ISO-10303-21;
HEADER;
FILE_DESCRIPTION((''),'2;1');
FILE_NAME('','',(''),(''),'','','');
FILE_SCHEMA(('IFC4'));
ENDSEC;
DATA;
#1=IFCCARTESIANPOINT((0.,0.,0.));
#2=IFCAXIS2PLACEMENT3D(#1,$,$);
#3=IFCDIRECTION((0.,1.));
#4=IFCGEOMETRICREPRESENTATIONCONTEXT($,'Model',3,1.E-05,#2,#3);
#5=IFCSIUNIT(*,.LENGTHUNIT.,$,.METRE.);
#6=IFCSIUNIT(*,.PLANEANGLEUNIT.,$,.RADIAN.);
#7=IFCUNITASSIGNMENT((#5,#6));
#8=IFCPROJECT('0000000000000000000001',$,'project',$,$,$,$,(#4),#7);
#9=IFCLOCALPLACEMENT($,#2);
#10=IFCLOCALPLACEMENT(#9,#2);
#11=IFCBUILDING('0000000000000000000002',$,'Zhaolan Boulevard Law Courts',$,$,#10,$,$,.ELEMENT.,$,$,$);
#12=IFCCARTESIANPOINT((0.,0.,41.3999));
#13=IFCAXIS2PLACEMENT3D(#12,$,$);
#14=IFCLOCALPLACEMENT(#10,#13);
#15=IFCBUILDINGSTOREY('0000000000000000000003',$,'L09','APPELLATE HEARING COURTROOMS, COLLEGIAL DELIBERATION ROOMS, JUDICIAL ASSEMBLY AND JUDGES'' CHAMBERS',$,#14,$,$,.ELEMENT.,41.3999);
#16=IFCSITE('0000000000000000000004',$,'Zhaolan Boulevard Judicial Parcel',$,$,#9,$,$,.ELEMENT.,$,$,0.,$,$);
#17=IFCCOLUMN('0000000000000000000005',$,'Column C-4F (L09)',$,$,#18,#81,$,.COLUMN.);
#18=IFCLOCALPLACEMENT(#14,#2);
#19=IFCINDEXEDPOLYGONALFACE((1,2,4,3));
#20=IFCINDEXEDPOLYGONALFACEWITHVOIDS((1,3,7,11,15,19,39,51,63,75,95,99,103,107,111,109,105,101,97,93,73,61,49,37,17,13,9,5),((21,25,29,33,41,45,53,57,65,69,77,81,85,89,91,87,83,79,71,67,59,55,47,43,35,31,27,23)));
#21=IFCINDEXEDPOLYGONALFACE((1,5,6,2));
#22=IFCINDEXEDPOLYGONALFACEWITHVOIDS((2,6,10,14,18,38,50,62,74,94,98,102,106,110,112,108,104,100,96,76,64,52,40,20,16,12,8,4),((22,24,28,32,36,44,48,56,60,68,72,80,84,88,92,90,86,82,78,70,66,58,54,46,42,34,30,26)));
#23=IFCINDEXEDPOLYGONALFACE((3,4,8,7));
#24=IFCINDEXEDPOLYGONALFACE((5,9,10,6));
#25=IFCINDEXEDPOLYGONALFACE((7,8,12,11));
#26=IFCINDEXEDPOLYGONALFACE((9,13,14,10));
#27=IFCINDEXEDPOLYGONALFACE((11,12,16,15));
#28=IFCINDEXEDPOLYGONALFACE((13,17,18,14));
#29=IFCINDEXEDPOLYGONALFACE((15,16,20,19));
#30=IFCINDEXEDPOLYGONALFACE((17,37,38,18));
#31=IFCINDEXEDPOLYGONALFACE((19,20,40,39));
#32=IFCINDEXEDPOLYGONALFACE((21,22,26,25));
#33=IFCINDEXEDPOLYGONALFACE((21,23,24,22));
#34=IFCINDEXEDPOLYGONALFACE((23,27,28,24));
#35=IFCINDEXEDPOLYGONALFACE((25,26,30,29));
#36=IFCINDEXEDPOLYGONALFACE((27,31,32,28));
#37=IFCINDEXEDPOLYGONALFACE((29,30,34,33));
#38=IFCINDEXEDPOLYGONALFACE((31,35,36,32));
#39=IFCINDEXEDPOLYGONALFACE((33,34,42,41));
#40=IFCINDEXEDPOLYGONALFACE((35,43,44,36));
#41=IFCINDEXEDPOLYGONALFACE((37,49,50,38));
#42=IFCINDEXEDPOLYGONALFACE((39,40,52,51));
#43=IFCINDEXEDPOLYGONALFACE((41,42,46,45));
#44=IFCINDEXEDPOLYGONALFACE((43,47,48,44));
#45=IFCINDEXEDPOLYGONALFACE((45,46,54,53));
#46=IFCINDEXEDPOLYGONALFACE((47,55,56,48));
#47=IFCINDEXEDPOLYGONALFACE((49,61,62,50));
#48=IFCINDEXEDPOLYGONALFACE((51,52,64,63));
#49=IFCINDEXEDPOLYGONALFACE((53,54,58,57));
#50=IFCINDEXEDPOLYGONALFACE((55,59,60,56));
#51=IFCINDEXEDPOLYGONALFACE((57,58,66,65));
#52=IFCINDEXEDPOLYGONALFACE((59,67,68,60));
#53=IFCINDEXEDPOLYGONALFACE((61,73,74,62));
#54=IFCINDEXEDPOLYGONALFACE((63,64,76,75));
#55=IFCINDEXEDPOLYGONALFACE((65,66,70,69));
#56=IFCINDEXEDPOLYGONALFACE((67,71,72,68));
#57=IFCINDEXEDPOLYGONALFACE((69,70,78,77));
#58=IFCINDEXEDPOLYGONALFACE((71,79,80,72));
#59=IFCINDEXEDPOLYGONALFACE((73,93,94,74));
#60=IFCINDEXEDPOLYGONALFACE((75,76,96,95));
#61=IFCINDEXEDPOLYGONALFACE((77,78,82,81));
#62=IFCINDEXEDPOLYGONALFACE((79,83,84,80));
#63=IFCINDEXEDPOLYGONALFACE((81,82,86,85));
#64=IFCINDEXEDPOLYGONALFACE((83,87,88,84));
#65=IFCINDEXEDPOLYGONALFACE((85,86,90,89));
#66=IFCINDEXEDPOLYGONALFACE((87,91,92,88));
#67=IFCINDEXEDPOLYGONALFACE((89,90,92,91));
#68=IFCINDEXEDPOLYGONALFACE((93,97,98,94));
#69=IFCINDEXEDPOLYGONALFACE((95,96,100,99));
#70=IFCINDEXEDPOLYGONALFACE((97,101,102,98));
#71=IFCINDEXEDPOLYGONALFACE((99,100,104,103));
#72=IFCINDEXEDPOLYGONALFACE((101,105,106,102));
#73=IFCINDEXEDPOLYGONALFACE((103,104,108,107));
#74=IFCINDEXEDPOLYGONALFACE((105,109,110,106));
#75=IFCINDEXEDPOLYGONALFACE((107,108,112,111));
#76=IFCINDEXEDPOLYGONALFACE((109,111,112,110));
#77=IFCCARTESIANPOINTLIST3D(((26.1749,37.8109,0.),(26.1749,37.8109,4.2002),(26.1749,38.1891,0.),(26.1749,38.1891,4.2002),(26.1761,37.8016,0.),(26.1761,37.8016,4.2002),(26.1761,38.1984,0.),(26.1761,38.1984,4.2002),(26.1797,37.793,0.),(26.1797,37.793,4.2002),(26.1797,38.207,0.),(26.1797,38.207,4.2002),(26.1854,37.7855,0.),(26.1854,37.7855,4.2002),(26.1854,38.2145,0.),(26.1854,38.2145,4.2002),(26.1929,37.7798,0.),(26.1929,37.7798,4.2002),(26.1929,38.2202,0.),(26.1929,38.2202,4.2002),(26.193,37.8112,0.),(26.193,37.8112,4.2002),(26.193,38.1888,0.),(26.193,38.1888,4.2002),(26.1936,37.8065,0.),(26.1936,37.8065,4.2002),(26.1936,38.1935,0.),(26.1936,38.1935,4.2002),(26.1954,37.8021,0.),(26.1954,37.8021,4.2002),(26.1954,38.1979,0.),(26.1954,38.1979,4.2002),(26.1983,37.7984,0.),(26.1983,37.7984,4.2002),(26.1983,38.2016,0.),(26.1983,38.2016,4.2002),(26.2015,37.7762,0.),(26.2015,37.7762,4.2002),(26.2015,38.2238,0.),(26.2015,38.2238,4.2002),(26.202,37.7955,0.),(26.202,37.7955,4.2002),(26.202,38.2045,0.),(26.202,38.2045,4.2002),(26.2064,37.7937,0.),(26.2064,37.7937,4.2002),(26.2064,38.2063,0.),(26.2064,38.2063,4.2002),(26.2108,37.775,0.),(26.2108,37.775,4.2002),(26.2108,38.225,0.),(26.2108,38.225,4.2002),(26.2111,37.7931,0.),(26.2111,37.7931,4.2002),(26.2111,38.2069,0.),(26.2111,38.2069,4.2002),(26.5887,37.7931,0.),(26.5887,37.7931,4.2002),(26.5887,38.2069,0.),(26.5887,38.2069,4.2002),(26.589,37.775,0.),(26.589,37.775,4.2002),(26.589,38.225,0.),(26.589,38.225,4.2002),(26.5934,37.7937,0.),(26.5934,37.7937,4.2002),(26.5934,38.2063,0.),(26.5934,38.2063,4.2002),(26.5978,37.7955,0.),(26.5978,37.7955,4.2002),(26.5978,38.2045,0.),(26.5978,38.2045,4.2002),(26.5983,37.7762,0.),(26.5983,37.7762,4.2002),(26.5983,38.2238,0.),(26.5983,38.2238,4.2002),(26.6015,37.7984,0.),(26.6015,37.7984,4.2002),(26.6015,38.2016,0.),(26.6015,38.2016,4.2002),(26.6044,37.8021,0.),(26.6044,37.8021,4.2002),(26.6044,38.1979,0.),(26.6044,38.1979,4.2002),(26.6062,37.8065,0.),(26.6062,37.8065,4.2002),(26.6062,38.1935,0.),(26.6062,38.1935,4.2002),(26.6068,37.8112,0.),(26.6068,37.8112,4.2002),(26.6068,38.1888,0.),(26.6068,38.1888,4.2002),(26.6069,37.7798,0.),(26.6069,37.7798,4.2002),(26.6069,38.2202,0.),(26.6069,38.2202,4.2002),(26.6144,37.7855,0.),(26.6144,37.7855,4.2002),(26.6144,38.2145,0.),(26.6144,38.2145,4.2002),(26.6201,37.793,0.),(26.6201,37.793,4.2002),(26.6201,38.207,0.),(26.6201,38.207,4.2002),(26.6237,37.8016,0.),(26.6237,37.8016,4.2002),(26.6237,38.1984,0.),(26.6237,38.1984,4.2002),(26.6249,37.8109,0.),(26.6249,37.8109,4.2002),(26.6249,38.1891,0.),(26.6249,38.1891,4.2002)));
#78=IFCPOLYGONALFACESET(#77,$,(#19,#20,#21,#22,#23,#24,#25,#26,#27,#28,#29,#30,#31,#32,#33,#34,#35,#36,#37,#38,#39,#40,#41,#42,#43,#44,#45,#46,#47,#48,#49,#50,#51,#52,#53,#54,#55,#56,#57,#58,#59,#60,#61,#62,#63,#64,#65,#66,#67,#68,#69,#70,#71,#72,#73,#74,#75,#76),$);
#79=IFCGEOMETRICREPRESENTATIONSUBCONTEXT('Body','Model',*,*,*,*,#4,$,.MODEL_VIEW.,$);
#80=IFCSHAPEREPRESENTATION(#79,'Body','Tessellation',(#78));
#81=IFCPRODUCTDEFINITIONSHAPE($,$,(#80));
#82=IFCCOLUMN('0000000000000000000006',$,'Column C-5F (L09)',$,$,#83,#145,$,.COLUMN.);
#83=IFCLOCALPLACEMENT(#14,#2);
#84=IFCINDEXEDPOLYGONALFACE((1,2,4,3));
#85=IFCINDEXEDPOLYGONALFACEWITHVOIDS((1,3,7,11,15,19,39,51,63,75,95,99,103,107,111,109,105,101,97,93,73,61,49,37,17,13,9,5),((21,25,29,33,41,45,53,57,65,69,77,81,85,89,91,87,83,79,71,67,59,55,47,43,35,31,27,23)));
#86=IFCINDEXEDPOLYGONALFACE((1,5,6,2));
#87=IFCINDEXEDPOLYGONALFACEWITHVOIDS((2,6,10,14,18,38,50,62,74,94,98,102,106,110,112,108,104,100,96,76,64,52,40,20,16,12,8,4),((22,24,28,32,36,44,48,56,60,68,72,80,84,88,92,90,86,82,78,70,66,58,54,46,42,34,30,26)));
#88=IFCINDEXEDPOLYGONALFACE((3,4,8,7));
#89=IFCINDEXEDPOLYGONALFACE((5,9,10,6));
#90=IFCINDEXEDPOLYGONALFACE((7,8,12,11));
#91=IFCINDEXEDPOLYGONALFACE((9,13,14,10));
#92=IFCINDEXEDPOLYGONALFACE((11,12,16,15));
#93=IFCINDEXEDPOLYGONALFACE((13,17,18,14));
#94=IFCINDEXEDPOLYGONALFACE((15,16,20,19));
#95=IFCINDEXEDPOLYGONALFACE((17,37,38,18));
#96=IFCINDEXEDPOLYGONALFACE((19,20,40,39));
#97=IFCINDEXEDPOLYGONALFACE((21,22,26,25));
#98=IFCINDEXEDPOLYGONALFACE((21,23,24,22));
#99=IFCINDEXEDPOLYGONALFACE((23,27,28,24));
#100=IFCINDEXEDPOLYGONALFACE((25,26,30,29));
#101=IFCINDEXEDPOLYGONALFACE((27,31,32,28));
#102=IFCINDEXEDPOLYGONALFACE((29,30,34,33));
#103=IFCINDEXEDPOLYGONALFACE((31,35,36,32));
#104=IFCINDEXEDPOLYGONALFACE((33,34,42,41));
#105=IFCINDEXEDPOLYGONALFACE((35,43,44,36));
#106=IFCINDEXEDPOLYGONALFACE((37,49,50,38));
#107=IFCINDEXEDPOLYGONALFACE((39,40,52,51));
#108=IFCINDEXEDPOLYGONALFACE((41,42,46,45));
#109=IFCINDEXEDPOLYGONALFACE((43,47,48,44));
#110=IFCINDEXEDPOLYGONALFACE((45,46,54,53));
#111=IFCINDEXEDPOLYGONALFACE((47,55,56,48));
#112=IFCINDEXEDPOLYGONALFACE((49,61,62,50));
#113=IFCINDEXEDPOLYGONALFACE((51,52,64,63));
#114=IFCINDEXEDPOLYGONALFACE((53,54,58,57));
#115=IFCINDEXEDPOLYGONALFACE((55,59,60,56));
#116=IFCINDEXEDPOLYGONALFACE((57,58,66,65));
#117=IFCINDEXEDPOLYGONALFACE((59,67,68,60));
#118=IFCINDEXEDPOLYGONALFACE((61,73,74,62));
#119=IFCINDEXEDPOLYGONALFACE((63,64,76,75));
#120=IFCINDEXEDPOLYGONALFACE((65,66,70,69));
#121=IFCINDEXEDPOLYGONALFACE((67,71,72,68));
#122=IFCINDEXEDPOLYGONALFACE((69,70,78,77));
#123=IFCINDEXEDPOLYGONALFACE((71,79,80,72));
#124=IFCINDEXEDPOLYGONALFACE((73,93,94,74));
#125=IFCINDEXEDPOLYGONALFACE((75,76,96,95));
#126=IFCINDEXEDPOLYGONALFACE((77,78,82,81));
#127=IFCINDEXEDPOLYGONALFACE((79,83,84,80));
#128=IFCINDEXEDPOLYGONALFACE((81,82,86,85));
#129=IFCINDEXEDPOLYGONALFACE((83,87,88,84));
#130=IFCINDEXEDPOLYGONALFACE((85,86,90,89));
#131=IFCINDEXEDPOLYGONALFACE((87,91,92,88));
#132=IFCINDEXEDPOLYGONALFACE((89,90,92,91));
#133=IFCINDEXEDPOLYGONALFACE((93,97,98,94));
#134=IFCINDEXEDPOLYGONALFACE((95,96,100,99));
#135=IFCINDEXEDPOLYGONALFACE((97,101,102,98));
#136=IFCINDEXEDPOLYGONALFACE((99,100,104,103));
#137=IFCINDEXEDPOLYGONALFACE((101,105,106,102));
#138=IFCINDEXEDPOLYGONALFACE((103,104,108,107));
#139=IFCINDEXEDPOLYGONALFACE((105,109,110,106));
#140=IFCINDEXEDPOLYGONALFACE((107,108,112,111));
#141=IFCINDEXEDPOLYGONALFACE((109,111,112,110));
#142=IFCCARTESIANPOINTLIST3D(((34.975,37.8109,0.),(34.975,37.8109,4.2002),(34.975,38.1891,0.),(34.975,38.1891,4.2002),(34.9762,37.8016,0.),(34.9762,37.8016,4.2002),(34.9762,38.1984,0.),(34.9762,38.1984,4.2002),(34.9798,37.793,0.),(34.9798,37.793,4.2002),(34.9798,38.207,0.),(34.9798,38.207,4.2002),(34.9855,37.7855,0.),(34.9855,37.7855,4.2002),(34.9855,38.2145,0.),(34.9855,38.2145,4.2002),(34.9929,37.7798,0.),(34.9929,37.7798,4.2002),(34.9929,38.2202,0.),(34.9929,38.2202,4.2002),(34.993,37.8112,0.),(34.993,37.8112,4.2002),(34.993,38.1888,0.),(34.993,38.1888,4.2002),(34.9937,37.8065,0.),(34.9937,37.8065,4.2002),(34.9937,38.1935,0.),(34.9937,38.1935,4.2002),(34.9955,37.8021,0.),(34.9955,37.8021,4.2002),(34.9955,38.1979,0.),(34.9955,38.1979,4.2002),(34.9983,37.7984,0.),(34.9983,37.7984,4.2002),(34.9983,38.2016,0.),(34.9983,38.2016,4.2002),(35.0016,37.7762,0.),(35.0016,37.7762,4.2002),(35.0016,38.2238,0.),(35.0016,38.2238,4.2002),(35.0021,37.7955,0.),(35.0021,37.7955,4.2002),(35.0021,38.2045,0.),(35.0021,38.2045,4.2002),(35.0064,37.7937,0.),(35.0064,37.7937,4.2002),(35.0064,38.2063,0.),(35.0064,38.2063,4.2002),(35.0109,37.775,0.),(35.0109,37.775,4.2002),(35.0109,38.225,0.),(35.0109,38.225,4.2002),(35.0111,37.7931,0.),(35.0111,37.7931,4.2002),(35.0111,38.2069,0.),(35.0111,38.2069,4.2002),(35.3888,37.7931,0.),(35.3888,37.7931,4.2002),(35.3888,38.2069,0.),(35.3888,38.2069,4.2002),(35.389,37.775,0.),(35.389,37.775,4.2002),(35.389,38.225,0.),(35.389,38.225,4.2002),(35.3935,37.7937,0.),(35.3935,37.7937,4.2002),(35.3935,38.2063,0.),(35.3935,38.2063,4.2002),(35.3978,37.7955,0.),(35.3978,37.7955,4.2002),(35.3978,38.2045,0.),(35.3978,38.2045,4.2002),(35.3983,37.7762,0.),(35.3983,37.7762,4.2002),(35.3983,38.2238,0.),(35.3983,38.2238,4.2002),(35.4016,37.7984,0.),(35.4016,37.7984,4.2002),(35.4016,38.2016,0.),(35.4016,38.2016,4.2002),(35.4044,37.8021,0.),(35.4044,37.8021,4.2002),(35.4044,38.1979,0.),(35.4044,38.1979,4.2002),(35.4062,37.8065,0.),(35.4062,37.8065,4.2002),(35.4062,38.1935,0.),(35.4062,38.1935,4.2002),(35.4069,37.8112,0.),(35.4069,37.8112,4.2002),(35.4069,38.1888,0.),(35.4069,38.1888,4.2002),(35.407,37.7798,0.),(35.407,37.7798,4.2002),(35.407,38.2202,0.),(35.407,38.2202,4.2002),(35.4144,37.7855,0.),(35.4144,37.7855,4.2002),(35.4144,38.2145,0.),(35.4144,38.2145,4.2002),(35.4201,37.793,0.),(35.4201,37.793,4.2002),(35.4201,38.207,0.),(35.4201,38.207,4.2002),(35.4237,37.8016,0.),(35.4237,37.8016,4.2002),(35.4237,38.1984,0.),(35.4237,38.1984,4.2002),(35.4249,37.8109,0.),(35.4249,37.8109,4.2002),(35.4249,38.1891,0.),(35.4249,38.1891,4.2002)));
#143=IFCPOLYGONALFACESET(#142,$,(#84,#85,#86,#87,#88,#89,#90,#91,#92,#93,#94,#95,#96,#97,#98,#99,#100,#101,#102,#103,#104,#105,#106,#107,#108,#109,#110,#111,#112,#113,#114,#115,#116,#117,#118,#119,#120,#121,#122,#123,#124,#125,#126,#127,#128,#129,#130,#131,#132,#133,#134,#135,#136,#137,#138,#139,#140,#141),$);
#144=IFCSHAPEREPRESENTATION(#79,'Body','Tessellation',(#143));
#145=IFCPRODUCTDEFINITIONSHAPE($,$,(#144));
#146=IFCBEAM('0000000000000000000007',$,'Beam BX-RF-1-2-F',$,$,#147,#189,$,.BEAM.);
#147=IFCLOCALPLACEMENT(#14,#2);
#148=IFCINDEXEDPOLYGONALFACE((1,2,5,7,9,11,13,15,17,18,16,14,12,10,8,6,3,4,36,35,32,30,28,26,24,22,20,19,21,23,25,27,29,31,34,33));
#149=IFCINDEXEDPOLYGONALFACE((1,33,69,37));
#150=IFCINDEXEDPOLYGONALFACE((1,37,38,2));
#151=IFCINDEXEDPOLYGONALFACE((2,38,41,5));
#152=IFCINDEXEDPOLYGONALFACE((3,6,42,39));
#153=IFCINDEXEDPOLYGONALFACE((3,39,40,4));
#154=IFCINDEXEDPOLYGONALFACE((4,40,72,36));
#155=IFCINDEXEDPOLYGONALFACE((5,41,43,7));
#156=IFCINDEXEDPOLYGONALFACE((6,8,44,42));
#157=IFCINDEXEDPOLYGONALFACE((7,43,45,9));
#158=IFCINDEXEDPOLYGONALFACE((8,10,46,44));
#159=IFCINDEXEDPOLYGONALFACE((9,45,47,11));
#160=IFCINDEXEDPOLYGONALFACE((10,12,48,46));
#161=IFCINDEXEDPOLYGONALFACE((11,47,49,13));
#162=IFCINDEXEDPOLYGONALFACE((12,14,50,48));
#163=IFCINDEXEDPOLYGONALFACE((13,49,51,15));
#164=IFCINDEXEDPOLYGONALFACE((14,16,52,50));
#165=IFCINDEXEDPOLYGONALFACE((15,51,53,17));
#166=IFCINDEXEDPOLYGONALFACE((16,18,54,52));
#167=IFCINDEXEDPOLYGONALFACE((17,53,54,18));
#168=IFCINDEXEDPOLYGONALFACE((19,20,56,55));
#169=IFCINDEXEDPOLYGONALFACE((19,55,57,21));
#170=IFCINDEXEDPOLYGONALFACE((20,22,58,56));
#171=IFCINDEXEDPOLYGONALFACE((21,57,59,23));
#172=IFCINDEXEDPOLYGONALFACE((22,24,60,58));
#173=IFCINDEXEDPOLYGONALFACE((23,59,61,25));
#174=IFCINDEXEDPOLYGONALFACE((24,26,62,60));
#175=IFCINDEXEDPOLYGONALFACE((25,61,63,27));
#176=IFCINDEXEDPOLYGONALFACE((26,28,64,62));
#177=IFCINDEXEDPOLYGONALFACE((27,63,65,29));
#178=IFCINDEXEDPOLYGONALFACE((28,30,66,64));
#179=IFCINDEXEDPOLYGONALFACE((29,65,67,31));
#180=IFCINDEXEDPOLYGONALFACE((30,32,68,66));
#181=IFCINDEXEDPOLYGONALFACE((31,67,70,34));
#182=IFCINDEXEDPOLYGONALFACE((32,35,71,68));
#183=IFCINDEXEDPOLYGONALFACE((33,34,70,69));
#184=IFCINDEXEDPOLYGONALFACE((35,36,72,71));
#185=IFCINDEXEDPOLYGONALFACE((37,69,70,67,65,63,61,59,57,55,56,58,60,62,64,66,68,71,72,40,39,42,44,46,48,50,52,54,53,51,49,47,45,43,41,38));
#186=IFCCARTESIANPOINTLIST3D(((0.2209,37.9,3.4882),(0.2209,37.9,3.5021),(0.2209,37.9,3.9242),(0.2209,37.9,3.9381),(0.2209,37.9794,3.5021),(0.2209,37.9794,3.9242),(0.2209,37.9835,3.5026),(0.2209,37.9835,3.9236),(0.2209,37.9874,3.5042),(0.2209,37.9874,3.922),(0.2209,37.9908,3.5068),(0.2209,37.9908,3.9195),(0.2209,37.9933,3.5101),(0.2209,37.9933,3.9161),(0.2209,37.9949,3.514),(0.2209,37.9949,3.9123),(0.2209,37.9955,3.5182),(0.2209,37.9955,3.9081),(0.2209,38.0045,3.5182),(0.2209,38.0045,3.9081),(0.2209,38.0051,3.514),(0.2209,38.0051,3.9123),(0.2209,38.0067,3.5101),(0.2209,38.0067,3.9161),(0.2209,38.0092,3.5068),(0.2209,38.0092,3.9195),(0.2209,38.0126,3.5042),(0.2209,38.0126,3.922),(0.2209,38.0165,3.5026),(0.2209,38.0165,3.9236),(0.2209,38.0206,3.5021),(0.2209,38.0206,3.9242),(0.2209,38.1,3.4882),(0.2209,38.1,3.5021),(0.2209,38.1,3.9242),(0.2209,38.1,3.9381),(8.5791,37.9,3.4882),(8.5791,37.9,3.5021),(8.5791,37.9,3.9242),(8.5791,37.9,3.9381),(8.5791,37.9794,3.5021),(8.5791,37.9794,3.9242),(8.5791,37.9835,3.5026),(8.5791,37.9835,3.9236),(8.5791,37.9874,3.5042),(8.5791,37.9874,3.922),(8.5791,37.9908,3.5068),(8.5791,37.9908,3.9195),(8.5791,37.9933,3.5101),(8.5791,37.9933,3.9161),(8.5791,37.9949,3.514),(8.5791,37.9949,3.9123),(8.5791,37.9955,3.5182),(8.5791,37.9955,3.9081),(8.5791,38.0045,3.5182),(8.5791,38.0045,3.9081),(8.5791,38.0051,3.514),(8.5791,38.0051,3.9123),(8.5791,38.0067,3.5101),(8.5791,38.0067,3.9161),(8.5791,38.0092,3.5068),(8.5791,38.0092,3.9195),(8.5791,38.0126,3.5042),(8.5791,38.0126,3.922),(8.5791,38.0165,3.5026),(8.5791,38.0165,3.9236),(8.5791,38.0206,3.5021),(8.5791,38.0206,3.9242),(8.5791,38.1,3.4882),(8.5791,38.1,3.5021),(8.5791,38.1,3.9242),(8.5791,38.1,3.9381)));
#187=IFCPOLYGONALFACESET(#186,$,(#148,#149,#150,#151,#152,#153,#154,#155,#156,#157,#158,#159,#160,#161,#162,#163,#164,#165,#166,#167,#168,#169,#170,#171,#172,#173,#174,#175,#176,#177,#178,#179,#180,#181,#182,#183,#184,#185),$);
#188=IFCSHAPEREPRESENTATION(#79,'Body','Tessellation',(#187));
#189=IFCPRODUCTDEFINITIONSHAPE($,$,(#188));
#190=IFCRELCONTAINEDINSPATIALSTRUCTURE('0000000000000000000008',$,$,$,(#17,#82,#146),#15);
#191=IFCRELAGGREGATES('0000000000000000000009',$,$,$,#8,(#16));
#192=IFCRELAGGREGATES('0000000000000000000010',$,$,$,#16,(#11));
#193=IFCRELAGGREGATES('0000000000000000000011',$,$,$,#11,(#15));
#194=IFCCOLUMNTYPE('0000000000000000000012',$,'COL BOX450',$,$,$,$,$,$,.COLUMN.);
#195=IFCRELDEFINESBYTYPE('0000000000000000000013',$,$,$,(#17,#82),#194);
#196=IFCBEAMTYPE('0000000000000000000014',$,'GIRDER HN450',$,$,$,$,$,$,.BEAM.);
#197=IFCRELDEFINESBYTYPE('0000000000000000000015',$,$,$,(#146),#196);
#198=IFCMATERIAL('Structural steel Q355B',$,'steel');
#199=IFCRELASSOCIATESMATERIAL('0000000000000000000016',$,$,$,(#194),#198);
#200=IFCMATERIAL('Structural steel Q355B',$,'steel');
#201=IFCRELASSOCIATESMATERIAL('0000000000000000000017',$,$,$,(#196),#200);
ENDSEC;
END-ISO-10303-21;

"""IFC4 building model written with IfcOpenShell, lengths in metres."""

from ifc_helpers import new_model, si_unit, direction, frame, origin, origin_2d, place, context, subcontext, project, spatial, hollow_rectangle, i_section, extrude, material, material_profile, profile_set, type_object, element, save


model = new_model("IFC4")

# Units and contexts
model_context = context("Model", 3, precision=1e-05, world=origin(), true_north=direction((0.0, 1.0)))
body_context = subcontext(model_context, "Body", "Model", "MODEL_VIEW")
ifc_project = project(units=[si_unit("LENGTHUNIT", "METRE"), si_unit("PLANEANGLEUNIT", "RADIAN")], contexts=[model_context])

# Site, building, storey
site_placement = place(None, origin())
site = spatial("IfcSite", under=ifc_project, at=site_placement, Name="Zhaolan Boulevard Judicial Parcel", CompositionType="ELEMENT", RefElevation=0.0)
building_placement = place(site_placement, origin())
building = spatial("IfcBuilding", under=site, at=building_placement, Name="Zhaolan Boulevard Law Courts", CompositionType="ELEMENT")
storey_placement = place(building_placement, frame((0.0, 0.0, 41.3999)))
storey = spatial("IfcBuildingStorey", under=building, at=storey_placement, Name="L09", Description="APPELLATE HEARING COURTROOMS, COLLEGIAL DELIBERATION ROOMS, JUDICIAL ASSEMBLY AND JUDGES' CHAMBERS", CompositionType="ELEMENT", Elevation=41.3999)

# Columns
ifc_material_1 = material(Name="Structural steel Q355B", Category="steel")
ifc_material_profile_1 = material_profile(ifc_material_1, hollow_rectangle(XDim=0.45, YDim=0.45, WallThickness=0.0181, InnerFilletRadius=0.0181, OuterFilletRadius=0.0359, at=origin_2d()), Name="BOX450x450x18")
ifc_profile_set_1 = profile_set([ifc_material_profile_1], Name="Structural steel Q355B")
column_type = type_object("IfcColumnType", Name="COL BOX450", PredefinedType="COLUMN", material=ifc_profile_set_1)
for number, where, z_axis, x_axis, name in (
    (1, (26.3999, 38.0, 0.0), (0.0, 0.0, 1.0), (1.0, 0.0, 0.0), "Column C-4F (L09)"),
    (2, (35.2, 38.0, 0.0), (0.0, 0.0, 1.0), (1.0, 0.0, 0.0), "Column C-5F (L09)"),
):
    element("IfcColumn", number, at=place(storey_placement, frame(where, z_axis=z_axis, x_axis=x_axis)), inside=storey, type_object=column_type, Name=name, PredefinedType="COLUMN", context=body_context, shape_type="SweptSolid", body=[
        extrude(hollow_rectangle(XDim=0.45, YDim=0.45, WallThickness=0.0181, InnerFilletRadius=0.0181, OuterFilletRadius=0.0359, at=origin_2d()), origin(), (0.0, 0.0, 1.0), 4.2002),
    ])

# Beam
ifc_material_2 = material(Name="Structural steel Q355B", Category="steel")
ifc_material_profile_2 = material_profile(ifc_material_2, i_section(OverallWidth=0.2, OverallDepth=0.45, WebThickness=0.009, FlangeThickness=0.0139, FilletRadius=0.0161, at=origin_2d()), Name="HN450x200")
ifc_profile_set_2 = profile_set([ifc_material_profile_2], Name="Structural steel Q355B")
beam_type = type_object("IfcBeamType", Name="GIRDER HN450", PredefinedType="BEAM", material=ifc_profile_set_2)
beam_placement = place(storey_placement, frame((0.2209, 38.0, 3.7131), z_axis=(1.0, 0.0, 0.0), x_axis=(0.0, 1.0, 0.0)))
element("IfcBeam", 3, at=beam_placement, inside=storey, type_object=beam_type, Name="Beam BX-RF-1-2-F", PredefinedType="BEAM", context=body_context, shape_type="SweptSolid", body=[
    extrude(i_section(OverallWidth=0.2, OverallDepth=0.45, WebThickness=0.009, FlangeThickness=0.0139, FilletRadius=0.0161, at=origin_2d()), origin(), (0.0, 0.0, 1.0), 8.3582),
])

save(model, "model.ifc")
